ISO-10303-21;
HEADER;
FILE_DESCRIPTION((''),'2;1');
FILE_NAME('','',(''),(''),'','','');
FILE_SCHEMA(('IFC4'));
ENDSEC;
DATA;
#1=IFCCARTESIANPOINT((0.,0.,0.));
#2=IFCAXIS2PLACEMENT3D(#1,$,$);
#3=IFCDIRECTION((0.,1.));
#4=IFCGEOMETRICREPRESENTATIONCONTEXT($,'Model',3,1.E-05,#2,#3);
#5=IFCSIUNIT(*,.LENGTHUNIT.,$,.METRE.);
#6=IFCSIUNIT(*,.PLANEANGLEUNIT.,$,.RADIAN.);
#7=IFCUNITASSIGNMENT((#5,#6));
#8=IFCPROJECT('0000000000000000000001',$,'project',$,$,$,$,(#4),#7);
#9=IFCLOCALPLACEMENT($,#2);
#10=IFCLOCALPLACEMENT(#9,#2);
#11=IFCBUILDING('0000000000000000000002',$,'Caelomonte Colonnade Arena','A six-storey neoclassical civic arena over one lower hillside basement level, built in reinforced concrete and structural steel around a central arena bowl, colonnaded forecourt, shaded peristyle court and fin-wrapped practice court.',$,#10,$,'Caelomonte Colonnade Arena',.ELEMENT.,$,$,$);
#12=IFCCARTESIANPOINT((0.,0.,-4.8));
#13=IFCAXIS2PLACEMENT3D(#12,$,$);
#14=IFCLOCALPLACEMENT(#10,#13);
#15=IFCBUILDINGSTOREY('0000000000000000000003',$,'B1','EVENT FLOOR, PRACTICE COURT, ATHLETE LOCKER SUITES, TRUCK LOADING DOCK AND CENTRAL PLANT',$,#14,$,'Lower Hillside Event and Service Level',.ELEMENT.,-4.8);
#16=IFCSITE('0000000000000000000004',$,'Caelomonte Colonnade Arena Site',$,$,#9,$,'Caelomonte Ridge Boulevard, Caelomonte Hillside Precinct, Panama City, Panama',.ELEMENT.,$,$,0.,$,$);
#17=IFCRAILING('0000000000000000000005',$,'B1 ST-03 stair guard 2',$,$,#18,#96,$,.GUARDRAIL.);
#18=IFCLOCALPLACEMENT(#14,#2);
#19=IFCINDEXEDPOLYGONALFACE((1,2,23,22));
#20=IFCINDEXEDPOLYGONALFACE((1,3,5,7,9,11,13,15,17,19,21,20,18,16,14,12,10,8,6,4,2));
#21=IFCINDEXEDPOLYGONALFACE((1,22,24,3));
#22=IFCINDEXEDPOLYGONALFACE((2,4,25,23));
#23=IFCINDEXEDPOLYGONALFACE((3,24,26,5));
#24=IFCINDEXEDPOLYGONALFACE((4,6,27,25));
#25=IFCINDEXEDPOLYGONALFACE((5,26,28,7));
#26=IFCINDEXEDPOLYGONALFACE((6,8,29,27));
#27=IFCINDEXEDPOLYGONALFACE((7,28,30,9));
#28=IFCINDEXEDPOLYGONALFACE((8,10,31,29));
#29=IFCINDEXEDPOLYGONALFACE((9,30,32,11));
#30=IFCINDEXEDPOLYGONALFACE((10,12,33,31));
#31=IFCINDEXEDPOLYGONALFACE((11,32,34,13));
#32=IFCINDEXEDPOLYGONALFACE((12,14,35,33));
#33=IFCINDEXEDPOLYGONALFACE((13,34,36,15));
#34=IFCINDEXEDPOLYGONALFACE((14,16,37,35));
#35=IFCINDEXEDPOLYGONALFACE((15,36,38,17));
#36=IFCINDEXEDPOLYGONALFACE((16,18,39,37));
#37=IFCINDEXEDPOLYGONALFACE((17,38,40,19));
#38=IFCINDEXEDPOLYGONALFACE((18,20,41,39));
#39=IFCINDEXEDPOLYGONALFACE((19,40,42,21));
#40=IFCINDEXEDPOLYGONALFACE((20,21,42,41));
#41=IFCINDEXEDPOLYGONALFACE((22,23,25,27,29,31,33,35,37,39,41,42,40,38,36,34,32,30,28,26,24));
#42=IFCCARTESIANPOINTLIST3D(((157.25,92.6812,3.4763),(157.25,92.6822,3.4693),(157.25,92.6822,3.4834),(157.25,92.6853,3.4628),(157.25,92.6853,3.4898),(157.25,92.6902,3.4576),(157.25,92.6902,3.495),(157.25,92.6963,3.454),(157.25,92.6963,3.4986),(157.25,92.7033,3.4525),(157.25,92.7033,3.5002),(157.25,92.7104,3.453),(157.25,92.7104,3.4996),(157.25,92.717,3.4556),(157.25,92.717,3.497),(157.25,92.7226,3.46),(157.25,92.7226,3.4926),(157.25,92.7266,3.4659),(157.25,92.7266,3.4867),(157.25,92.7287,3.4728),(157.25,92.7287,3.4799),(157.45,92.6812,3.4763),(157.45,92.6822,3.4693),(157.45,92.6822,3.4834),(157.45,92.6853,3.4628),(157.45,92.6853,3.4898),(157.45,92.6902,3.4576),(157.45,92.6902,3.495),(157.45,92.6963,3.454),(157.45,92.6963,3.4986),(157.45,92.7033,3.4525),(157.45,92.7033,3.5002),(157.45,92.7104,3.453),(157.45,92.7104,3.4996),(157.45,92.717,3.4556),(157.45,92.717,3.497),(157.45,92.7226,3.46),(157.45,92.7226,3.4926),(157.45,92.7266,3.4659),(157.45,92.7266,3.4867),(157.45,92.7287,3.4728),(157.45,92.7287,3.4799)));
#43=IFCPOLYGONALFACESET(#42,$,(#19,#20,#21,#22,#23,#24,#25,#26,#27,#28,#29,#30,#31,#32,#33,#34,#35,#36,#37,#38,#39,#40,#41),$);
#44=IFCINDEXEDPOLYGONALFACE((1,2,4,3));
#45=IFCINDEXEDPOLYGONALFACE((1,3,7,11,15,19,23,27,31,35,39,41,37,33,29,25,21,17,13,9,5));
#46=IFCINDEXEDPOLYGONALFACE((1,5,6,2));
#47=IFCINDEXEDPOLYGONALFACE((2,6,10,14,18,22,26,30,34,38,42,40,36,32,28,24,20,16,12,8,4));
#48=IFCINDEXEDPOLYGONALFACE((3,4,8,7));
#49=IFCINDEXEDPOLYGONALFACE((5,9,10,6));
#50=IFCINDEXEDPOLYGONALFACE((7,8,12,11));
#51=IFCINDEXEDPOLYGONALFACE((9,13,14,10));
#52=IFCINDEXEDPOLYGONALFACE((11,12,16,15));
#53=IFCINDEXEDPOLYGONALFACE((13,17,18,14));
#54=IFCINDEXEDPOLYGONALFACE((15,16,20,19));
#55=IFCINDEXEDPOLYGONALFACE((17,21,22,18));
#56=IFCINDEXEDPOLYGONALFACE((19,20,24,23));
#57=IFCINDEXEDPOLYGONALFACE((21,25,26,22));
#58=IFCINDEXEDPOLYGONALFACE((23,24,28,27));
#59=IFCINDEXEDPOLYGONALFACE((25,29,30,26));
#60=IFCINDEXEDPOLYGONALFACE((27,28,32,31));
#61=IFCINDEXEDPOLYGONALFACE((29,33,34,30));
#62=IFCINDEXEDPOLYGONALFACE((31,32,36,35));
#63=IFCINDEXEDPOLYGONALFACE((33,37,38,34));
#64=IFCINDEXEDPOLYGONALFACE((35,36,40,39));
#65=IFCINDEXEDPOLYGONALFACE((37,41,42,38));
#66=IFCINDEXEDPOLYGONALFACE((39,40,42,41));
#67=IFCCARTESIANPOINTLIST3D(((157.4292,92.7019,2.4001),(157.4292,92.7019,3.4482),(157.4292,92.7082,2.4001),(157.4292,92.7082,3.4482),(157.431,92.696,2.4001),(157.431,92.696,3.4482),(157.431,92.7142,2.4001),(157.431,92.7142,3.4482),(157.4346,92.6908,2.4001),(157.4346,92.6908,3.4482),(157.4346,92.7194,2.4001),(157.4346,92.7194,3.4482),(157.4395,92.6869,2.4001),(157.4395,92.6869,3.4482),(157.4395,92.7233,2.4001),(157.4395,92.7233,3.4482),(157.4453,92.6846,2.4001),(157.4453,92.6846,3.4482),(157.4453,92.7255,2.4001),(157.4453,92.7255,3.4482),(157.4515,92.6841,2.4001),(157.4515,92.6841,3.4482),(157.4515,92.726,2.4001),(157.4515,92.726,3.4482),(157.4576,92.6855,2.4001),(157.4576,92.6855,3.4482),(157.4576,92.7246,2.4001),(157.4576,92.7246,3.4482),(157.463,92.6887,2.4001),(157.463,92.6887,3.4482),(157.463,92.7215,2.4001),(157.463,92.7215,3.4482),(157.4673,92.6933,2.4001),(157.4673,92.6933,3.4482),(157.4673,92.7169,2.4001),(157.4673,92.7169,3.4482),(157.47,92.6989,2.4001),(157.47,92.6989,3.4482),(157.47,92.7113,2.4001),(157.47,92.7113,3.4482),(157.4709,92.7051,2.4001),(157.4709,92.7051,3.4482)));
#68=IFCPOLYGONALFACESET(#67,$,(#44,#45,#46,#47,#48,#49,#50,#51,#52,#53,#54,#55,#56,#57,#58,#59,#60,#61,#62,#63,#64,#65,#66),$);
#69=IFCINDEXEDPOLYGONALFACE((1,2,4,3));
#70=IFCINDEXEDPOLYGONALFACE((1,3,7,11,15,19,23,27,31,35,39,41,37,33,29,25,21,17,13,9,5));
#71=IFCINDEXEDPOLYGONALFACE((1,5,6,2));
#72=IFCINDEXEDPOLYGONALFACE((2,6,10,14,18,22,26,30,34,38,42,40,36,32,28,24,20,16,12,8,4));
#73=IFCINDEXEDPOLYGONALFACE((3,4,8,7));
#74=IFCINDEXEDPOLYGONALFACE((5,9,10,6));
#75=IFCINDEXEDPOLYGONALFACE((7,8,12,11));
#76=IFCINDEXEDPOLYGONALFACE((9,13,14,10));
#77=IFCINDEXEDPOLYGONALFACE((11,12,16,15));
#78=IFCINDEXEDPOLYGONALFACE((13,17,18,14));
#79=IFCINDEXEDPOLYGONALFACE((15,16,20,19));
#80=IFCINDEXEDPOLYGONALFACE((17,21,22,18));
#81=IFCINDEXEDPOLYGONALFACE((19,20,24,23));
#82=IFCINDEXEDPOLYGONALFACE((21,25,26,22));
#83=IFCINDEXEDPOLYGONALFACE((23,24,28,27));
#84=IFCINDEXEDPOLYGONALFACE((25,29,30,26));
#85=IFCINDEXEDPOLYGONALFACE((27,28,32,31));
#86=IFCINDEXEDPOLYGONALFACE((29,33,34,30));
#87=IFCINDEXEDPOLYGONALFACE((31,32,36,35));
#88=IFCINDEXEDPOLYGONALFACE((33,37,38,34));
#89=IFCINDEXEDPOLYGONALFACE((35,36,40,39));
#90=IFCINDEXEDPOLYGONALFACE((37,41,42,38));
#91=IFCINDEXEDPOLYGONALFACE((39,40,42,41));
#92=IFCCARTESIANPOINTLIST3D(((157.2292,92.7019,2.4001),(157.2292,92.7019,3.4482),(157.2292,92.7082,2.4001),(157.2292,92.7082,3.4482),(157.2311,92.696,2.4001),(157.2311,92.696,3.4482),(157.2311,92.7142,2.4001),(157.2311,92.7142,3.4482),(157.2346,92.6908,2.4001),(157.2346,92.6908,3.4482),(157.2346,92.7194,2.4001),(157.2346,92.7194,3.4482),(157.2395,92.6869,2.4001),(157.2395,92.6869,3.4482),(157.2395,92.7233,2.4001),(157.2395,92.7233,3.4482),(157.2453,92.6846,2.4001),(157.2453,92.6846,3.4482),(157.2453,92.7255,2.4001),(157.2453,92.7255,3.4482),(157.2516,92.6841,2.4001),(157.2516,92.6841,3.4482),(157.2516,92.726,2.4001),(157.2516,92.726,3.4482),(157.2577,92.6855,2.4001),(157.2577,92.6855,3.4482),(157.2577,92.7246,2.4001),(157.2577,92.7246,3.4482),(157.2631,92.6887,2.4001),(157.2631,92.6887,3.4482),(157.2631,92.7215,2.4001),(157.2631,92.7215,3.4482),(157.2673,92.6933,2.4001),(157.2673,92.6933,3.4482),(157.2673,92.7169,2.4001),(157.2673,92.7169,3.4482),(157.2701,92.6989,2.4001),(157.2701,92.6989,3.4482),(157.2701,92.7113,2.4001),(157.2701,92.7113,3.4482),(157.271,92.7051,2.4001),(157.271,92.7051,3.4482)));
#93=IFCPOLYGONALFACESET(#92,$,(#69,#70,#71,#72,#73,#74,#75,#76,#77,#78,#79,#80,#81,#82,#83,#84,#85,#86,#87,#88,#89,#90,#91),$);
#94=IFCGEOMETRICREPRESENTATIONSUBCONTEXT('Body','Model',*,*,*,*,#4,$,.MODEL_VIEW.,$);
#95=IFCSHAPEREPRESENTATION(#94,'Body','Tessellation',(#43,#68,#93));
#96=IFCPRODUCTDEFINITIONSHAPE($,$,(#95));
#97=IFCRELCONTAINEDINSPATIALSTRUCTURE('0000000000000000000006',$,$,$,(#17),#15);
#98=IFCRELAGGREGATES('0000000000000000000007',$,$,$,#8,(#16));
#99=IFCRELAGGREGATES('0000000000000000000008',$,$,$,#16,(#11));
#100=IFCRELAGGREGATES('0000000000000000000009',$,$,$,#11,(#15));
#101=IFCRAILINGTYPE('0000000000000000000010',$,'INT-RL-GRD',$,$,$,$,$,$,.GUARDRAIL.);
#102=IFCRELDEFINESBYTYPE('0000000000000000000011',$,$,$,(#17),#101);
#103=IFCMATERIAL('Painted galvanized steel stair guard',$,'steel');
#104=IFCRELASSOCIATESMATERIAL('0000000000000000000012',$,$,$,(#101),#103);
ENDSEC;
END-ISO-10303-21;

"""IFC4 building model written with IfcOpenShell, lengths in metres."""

from ifc_helpers import new_model, si_unit, direction, frame, origin, origin_2d, place, context, subcontext, project, spatial, circle, extrude, material, type_object, element, save


model = new_model("IFC4")

# Units and contexts
model_context = context("Model", 3, precision=1e-05, world=origin(), true_north=direction((0.0, 1.0)))
body_context = subcontext(model_context, "Body", "Model", "MODEL_VIEW")
ifc_project = project(units=[si_unit("LENGTHUNIT", "METRE"), si_unit("PLANEANGLEUNIT", "RADIAN")], contexts=[model_context])

# Site, building, storey
site_placement = place(None, origin())
site = spatial("IfcSite", under=ifc_project, at=site_placement, Name="Caelomonte Colonnade Arena Site", LongName="Caelomonte Ridge Boulevard, Caelomonte Hillside Precinct, Panama City, Panama", CompositionType="ELEMENT", RefElevation=0.0)
building_placement = place(site_placement, origin())
building = spatial("IfcBuilding", under=site, at=building_placement, Name="Caelomonte Colonnade Arena", Description="A six-storey neoclassical civic arena over one lower hillside basement level, built in reinforced concrete and structural steel around a central arena bowl, colonnaded forecourt, shaded peristyle court and fin-wrapped practice court.", LongName="Caelomonte Colonnade Arena", CompositionType="ELEMENT")
storey_placement = place(building_placement, frame((0.0, 0.0, -4.8)))
storey = spatial("IfcBuildingStorey", under=building, at=storey_placement, Name="B1", Description="EVENT FLOOR, PRACTICE COURT, ATHLETE LOCKER SUITES, TRUCK LOADING DOCK AND CENTRAL PLANT", LongName="Lower Hillside Event and Service Level", CompositionType="ELEMENT", Elevation=-4.8)

# Railing
ifc_material_1 = material(Name="Painted galvanized steel stair guard", Category="steel")
railing_type_1 = type_object("IfcRailingType", Name="INT-RL-GRD", PredefinedType="GUARDRAIL", material=ifc_material_1)
railing_1_placement = place(storey_placement, frame((157.45, 92.7051, 2.4001)))
element("IfcRailing", 1, at=railing_1_placement, inside=storey, type_object=railing_type_1, Name="B1 ST-03 stair guard 2", PredefinedType="GUARDRAIL", context=body_context, shape_type="SweptSolid", body=[
    extrude(circle(Radius=0.0239, at=origin_2d()), frame((0.0, 0.0, 1.0762), z_axis=(-1.0, 0.0, 0.0), x_axis=(0.0, -1.0, 0.0)), (0.0, 0.0, 1.0), 0.2),
    extrude(circle(Radius=0.021, at=origin_2d()), origin(), (0.0, 0.0, 1.0), 1.0481),
    extrude(circle(Radius=0.021, at=origin_2d()), frame((-0.2, 0.0, 0.0)), (0.0, 0.0, 1.0), 1.0481),
])

save(model, "model.ifc")
